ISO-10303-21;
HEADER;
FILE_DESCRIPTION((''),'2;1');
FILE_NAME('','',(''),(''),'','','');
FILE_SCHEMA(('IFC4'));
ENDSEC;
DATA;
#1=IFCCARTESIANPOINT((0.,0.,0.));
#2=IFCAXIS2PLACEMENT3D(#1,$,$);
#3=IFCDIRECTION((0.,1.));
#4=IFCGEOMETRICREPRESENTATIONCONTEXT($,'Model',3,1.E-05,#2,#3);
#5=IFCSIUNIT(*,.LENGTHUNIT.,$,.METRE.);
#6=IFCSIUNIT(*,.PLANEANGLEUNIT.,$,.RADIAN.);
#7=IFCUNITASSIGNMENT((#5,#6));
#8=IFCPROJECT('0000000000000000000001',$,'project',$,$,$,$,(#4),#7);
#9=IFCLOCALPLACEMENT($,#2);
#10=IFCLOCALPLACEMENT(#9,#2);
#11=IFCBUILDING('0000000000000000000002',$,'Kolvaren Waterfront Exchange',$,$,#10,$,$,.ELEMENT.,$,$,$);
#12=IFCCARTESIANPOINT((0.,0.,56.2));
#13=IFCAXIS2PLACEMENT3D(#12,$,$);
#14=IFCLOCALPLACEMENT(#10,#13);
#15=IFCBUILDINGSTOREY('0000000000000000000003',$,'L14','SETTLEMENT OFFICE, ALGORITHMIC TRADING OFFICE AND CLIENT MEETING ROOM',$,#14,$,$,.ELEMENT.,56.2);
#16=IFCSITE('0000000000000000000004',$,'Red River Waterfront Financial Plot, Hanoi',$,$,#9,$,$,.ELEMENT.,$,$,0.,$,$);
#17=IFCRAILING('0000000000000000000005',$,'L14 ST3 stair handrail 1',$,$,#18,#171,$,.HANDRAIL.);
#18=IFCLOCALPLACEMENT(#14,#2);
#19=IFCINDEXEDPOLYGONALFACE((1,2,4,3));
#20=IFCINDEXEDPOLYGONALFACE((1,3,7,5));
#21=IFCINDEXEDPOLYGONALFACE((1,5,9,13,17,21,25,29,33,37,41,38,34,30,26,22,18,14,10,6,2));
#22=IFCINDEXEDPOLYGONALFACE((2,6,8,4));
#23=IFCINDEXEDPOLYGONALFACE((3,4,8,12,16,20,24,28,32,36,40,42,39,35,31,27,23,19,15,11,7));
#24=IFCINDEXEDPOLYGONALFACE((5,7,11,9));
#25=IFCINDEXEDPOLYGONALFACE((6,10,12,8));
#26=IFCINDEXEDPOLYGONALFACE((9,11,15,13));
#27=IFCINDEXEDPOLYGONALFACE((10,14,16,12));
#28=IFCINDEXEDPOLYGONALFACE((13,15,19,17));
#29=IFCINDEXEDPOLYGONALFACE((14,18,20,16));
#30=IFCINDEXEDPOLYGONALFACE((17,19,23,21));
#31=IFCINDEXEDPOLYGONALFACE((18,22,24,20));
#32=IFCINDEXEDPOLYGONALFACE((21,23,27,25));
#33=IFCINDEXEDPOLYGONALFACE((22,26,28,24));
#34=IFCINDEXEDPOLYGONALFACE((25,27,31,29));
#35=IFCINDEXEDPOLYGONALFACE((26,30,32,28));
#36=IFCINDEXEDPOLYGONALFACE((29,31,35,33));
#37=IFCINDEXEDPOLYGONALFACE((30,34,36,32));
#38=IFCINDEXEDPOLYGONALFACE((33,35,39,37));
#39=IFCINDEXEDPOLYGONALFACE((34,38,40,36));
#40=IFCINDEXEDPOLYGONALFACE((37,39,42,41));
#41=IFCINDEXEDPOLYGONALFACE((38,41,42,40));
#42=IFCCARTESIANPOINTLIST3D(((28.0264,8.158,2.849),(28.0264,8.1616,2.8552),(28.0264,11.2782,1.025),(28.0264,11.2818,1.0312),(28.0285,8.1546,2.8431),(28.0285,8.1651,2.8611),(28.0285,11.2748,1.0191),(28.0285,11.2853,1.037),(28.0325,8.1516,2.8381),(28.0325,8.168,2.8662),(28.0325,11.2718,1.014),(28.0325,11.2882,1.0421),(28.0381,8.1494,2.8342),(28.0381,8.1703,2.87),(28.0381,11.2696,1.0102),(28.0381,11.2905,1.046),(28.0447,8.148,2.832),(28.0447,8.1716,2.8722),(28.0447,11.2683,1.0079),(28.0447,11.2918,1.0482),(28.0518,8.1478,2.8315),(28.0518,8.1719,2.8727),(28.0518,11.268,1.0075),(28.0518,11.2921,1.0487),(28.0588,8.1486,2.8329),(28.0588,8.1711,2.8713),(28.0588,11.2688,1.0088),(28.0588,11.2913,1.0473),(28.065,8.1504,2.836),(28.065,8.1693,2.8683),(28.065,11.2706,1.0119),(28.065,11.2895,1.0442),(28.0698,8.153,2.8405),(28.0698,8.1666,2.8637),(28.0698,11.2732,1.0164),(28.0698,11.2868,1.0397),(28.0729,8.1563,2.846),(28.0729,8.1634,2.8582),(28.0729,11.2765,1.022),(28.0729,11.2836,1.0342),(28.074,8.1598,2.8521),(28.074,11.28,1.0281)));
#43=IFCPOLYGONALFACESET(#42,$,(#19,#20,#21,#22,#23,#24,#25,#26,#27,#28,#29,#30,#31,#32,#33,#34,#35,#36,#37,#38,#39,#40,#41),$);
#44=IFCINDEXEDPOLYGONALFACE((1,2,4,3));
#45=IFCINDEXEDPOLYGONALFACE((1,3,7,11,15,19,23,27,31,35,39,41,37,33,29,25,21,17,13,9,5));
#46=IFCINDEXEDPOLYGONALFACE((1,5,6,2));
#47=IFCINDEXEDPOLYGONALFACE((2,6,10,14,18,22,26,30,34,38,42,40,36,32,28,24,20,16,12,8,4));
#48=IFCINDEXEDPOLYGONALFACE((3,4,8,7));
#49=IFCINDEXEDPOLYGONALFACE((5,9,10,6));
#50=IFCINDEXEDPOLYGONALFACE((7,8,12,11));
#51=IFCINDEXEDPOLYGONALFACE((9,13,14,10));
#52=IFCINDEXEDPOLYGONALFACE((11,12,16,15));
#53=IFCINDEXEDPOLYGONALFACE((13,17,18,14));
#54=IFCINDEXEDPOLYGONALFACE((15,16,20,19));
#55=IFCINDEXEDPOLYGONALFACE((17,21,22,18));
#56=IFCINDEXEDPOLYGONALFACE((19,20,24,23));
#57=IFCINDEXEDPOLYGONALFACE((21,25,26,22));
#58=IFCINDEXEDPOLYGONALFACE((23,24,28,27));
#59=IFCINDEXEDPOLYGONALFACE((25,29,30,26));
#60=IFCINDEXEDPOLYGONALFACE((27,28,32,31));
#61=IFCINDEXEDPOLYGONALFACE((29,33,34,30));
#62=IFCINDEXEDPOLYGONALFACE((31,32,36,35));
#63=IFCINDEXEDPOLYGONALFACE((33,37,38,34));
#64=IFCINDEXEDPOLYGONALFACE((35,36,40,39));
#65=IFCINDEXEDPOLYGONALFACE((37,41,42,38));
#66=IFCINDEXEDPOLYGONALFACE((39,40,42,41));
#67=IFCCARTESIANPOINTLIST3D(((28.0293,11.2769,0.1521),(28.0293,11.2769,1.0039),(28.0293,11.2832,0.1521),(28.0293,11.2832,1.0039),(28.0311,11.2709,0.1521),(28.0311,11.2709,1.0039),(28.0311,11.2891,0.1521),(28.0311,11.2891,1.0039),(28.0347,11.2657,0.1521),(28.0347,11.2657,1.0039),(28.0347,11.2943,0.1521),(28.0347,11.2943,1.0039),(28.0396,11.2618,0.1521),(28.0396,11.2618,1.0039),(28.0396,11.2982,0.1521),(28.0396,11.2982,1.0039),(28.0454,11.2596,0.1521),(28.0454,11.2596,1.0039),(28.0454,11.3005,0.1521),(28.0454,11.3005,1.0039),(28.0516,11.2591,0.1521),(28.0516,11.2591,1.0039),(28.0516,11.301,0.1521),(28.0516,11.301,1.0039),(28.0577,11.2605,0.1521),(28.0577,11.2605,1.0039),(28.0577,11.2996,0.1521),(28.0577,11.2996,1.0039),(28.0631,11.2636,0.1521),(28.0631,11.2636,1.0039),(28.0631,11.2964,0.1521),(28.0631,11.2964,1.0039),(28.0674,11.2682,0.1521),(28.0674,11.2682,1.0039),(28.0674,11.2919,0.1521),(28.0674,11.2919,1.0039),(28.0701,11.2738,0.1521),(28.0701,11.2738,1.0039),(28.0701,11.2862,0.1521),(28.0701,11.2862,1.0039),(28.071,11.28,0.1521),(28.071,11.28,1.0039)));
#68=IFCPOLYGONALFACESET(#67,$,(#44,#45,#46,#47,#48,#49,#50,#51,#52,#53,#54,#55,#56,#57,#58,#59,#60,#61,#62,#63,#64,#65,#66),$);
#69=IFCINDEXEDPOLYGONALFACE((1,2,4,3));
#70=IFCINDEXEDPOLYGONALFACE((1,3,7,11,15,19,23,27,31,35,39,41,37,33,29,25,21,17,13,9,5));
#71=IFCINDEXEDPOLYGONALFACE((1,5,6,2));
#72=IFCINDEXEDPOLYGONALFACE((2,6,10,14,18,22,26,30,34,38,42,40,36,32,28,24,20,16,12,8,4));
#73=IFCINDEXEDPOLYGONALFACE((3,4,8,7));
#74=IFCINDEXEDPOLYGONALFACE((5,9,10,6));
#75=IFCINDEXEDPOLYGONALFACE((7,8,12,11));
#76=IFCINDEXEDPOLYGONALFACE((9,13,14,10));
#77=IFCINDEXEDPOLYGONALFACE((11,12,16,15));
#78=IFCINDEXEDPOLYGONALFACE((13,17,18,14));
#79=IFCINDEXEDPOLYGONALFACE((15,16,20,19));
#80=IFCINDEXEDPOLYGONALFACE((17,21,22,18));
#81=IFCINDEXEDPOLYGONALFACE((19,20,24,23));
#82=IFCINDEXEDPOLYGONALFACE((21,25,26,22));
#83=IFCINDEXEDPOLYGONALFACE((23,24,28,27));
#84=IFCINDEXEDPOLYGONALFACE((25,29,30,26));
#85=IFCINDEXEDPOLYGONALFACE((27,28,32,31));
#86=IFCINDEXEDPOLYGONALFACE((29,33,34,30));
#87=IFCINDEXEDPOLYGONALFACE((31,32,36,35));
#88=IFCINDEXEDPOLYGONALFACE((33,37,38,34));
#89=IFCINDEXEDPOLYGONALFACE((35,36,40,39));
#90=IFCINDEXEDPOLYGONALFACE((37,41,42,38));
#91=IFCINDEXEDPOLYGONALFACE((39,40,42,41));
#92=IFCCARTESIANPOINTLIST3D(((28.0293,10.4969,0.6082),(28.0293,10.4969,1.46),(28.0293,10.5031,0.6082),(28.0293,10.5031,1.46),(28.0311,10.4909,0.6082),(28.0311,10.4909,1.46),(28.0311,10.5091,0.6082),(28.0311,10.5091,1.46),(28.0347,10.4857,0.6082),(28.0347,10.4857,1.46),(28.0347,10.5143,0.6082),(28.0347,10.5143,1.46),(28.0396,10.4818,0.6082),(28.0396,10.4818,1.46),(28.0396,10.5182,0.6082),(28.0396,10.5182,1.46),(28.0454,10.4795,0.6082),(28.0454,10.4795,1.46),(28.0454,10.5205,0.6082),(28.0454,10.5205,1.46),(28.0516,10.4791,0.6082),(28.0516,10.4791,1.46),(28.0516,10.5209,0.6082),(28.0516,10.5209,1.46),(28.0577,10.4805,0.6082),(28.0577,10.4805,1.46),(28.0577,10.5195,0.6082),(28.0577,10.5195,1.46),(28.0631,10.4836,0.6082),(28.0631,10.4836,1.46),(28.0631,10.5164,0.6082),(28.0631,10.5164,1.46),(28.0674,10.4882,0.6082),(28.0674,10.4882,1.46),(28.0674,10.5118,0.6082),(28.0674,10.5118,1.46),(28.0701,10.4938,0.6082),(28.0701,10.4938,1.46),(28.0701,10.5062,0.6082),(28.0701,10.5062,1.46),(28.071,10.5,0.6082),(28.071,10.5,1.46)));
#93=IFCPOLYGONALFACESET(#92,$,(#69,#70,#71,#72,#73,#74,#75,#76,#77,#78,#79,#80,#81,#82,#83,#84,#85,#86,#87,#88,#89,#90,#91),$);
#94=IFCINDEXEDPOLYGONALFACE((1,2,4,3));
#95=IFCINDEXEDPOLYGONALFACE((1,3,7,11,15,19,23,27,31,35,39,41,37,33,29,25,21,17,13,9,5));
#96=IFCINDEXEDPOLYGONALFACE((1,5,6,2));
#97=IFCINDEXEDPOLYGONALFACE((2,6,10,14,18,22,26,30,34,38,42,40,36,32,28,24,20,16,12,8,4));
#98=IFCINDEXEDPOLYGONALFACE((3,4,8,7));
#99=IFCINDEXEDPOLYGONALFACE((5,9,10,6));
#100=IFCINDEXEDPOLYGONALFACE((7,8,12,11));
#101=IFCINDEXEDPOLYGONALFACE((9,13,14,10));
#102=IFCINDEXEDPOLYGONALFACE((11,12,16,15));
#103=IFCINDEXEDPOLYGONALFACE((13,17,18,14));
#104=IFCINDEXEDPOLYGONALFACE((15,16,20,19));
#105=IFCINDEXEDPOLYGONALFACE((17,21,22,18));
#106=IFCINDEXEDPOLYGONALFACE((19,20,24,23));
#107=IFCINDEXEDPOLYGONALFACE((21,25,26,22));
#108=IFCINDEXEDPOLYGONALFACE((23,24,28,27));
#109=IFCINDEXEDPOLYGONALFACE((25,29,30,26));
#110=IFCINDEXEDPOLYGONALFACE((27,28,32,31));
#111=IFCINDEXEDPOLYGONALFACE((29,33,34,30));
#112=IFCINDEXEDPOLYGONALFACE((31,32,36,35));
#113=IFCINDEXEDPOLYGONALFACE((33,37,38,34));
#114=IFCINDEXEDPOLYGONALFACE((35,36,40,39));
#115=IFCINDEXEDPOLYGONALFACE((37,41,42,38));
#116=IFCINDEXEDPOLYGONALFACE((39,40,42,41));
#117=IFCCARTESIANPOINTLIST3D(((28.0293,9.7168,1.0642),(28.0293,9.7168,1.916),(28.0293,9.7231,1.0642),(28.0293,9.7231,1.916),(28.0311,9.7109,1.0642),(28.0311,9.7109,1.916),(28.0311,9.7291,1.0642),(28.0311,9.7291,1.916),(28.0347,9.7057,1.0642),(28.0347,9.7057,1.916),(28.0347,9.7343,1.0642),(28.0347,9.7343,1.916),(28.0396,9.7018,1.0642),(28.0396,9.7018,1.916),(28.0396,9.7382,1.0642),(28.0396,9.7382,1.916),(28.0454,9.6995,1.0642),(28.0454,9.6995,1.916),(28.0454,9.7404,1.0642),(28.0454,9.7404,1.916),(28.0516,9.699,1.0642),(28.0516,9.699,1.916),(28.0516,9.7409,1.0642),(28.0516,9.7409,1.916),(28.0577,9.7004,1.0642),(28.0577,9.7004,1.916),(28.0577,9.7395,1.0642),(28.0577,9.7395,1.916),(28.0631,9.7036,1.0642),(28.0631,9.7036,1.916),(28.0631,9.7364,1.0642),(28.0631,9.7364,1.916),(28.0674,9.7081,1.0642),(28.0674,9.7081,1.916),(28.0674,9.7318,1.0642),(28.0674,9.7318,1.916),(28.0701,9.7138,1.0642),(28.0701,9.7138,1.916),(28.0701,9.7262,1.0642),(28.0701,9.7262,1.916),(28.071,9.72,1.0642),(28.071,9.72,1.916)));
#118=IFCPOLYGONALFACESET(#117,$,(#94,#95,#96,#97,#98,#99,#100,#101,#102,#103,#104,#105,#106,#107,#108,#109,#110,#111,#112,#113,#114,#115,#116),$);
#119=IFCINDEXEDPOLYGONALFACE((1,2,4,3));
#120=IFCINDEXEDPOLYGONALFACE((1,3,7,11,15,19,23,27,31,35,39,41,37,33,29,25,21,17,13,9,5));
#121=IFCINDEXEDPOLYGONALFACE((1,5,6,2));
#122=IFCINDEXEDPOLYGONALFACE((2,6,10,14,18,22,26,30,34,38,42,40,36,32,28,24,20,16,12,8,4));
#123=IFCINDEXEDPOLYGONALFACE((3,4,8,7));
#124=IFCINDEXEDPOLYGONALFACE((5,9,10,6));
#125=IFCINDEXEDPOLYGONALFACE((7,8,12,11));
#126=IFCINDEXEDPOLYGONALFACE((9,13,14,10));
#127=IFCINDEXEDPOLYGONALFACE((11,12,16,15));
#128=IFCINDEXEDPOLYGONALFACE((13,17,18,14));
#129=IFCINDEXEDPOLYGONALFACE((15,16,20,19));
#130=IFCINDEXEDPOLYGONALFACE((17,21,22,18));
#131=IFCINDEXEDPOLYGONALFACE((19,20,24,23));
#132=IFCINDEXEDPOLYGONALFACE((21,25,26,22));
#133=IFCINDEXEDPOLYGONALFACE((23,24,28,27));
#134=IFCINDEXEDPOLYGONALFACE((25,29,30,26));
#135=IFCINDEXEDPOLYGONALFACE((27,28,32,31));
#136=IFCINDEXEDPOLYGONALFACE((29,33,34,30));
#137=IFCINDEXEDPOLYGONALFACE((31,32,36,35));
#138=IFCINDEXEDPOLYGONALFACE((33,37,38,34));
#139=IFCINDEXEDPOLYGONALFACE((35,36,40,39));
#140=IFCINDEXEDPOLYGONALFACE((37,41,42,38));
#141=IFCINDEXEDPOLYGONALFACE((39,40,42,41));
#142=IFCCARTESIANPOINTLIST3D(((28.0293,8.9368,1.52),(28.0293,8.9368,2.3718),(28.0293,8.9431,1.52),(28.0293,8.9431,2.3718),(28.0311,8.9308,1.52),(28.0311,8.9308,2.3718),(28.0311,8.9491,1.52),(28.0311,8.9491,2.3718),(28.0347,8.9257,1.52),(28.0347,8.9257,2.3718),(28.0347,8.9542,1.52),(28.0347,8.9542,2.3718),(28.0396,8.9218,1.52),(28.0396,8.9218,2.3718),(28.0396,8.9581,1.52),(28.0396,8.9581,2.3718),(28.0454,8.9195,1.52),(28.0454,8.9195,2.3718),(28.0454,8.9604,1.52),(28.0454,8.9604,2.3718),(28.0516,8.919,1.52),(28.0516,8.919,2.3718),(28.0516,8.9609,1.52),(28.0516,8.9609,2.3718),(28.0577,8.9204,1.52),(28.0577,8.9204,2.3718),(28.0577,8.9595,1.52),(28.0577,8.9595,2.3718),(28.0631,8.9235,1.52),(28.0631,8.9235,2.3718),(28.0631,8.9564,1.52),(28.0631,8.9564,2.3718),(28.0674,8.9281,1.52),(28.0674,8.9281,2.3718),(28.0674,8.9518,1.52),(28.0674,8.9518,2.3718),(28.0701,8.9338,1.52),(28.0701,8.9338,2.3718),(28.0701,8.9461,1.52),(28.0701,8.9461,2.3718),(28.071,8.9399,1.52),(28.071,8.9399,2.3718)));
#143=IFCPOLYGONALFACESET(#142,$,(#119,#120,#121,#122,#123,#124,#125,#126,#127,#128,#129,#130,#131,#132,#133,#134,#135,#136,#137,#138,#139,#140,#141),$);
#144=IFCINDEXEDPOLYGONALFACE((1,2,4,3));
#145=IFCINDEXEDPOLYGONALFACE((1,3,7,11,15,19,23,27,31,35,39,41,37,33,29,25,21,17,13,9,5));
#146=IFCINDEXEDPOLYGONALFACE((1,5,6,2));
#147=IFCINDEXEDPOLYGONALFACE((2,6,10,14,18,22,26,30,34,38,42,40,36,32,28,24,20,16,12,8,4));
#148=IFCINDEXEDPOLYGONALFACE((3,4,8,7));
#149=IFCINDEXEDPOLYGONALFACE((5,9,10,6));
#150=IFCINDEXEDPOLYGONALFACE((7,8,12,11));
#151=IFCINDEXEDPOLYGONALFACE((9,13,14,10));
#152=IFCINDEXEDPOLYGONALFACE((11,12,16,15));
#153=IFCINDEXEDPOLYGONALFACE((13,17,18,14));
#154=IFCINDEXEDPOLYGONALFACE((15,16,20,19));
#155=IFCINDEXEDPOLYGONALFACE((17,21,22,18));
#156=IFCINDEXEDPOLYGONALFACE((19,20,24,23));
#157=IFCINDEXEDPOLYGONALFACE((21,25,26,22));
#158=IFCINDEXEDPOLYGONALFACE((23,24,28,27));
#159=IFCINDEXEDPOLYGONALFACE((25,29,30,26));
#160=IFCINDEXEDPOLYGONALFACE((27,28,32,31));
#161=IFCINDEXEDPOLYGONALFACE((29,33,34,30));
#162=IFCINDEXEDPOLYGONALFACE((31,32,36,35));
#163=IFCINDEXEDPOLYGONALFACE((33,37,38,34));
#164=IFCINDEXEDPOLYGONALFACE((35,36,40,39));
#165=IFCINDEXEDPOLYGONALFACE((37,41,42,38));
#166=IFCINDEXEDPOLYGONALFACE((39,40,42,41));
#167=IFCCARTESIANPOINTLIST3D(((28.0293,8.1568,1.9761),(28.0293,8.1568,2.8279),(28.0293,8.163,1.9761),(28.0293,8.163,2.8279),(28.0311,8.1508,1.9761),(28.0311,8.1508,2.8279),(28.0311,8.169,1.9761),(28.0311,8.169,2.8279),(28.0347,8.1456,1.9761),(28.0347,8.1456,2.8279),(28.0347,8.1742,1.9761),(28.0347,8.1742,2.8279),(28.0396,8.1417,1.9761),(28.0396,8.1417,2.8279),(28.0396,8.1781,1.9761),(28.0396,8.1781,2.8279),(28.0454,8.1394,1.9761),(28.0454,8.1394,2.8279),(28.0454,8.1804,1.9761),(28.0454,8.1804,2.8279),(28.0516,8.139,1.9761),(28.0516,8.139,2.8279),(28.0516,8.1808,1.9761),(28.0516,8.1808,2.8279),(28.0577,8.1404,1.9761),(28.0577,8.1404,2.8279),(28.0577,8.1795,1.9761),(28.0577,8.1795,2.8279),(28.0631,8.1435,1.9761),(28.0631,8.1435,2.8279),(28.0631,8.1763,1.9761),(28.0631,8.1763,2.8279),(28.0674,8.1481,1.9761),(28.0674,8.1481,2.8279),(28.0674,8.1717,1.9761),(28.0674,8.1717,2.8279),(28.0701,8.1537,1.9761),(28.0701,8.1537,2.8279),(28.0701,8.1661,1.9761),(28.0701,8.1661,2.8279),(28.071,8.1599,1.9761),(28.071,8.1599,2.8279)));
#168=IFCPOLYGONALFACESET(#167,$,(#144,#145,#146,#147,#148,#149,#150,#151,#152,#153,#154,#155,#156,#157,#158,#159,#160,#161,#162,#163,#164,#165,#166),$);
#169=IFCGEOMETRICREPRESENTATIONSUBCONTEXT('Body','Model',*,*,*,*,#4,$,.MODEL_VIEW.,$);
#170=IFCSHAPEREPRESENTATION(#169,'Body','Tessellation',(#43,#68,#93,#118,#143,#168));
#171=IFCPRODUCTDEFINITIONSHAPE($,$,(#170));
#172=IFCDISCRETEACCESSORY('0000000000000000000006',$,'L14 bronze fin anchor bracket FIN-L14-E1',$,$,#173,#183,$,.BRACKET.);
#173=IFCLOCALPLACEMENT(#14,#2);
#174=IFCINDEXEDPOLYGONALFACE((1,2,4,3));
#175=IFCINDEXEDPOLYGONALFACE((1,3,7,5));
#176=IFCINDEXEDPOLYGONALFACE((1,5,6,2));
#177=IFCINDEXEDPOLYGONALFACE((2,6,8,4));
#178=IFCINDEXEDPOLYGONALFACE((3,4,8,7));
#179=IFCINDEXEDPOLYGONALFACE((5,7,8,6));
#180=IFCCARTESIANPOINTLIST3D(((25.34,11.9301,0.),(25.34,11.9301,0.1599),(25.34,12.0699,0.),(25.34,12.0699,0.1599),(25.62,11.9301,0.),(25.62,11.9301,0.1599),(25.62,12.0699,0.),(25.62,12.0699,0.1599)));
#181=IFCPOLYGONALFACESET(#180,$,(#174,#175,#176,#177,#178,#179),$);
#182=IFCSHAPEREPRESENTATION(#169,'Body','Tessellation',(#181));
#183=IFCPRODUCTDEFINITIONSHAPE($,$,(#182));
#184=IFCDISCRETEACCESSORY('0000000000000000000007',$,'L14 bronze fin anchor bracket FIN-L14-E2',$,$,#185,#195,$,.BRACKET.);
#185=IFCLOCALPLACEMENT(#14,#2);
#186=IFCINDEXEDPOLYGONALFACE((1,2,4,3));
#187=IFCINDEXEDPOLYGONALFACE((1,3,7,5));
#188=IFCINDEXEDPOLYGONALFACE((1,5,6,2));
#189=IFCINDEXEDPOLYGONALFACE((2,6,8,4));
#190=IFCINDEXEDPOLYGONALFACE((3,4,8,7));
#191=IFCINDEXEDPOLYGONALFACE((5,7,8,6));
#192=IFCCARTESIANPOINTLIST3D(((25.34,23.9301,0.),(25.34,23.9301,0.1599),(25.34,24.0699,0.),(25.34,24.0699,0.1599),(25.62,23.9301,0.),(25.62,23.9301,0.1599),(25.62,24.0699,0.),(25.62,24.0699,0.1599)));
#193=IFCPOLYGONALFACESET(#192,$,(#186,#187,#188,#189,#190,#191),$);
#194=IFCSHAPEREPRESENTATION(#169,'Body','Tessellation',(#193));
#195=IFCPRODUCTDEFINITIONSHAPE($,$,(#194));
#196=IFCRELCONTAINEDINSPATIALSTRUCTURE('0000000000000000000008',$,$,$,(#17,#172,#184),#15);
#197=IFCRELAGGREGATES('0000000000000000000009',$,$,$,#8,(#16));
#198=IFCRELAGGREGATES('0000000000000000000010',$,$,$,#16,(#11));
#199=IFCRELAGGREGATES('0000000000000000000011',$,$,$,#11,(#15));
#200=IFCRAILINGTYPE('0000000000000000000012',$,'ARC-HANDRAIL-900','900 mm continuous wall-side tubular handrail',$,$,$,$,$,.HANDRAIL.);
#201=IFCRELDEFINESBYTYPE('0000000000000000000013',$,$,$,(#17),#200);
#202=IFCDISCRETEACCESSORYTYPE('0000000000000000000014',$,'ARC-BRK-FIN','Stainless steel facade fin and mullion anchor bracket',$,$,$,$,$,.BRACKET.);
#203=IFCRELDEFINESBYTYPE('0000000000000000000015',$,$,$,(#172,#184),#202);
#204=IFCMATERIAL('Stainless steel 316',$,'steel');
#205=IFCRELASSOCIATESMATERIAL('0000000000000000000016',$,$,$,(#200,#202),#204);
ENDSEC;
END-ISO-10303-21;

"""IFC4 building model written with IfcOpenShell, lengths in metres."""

from ifc_helpers import new_model, si_unit, direction, frame, origin, origin_with_axes, origin_2d, place, context, subcontext, project, spatial, rectangle, circle, extrude, source, transform, mapped, material, type_object, element, save


model = new_model("IFC4")

# Units and contexts
model_context = context("Model", 3, precision=1e-05, world=origin(), true_north=direction((0.0, 1.0)))
body_context = subcontext(model_context, "Body", "Model", "MODEL_VIEW")
ifc_project = project(units=[si_unit("LENGTHUNIT", "METRE"), si_unit("PLANEANGLEUNIT", "RADIAN")], contexts=[model_context])

# Site, building, storey
site_placement = place(None, origin())
site = spatial("IfcSite", under=ifc_project, at=site_placement, Name="Red River Waterfront Financial Plot, Hanoi", CompositionType="ELEMENT", RefElevation=0.0)
building_placement = place(site_placement, origin())
building = spatial("IfcBuilding", under=site, at=building_placement, Name="Kolvaren Waterfront Exchange", CompositionType="ELEMENT")
storey_placement = place(building_placement, frame((0.0, 0.0, 56.2)))
storey = spatial("IfcBuildingStorey", under=building, at=storey_placement, Name="L14", Description="SETTLEMENT OFFICE, ALGORITHMIC TRADING OFFICE AND CLIENT MEETING ROOM", CompositionType="ELEMENT", Elevation=56.2)

# Railing
ifc_material_1 = material(Name="Stainless steel 316", Category="steel")
railing_type = type_object("IfcRailingType", Name="ARC-HANDRAIL-900", Description="900 mm continuous wall-side tubular handrail", PredefinedType="HANDRAIL", material=ifc_material_1)
railing_1_placement = place(storey_placement, frame((28.05, 11.28, 0.1521)))
element("IfcRailing", 1, at=railing_1_placement, inside=storey, type_object=railing_type, Name="L14 ST3 stair handrail 1", PredefinedType="HANDRAIL", context=body_context, shape_type="SweptSolid", body=[
    extrude(circle(Radius=0.0239, at=origin_2d()), frame((0.0, 0.0, 0.876), z_axis=(0.0, -0.863308, 0.504677), x_axis=(1.0, 0.0, 0.0)), (0.0, 0.0, 1.0), 3.6143),
    extrude(circle(Radius=0.021, at=origin_2d()), origin(), (0.0, 0.0, 1.0), 0.8518),
    extrude(circle(Radius=0.021, at=origin_2d()), frame((0.0, -0.78, 0.4561)), (0.0, 0.0, 1.0), 0.8518),
    extrude(circle(Radius=0.021, at=origin_2d()), frame((0.0, -1.5601, 0.9121)), (0.0, 0.0, 1.0), 0.8518),
    extrude(circle(Radius=0.021, at=origin_2d()), frame((0.0, -2.3401, 1.3679)), (0.0, 0.0, 1.0), 0.8518),
    extrude(circle(Radius=0.021, at=origin_2d()), frame((0.0, -3.1201, 1.824)), (0.0, 0.0, 1.0), 0.8518),
])

# Discrete accessories
discrete_accessory_type = type_object("IfcDiscreteAccessoryType", Name="ARC-BRK-FIN", Description="Stainless steel facade fin and mullion anchor bracket", PredefinedType="BRACKET", material=ifc_material_1)
shared_shape = source(origin_with_axes(), body_context, "Body", "SweptSolid", [
    extrude(rectangle(XDim=0.28, YDim=0.1399, at=origin_2d()), origin(), (0.0, 0.0, 1.0), 0.1599),
])
for number, where, z_axis, x_axis, name in (
    (2, (25.48, 12.0, 0.0), (0.0, 0.0, 1.0), (1.0, 0.0, 0.0), "L14 bronze fin anchor bracket FIN-L14-E1"),
    (3, (25.48, 24.0, 0.0), (0.0, 0.0, 1.0), (1.0, 0.0, 0.0), "L14 bronze fin anchor bracket FIN-L14-E2"),
):
    element("IfcDiscreteAccessory", number, at=place(storey_placement, frame(where, z_axis=z_axis, x_axis=x_axis)), inside=storey, type_object=discrete_accessory_type, Name=name, PredefinedType="BRACKET", context=body_context, shape_type="MappedRepresentation", body=[
        mapped(shared_shape, transform((0.0, 0.0, 0.0), x_axis=(1.0, 0.0, 0.0), y_axis=(0.0, 1.0, 0.0), z_axis=(0.0, 0.0, 1.0), scale=1.0)),
    ])

save(model, "model.ifc")
